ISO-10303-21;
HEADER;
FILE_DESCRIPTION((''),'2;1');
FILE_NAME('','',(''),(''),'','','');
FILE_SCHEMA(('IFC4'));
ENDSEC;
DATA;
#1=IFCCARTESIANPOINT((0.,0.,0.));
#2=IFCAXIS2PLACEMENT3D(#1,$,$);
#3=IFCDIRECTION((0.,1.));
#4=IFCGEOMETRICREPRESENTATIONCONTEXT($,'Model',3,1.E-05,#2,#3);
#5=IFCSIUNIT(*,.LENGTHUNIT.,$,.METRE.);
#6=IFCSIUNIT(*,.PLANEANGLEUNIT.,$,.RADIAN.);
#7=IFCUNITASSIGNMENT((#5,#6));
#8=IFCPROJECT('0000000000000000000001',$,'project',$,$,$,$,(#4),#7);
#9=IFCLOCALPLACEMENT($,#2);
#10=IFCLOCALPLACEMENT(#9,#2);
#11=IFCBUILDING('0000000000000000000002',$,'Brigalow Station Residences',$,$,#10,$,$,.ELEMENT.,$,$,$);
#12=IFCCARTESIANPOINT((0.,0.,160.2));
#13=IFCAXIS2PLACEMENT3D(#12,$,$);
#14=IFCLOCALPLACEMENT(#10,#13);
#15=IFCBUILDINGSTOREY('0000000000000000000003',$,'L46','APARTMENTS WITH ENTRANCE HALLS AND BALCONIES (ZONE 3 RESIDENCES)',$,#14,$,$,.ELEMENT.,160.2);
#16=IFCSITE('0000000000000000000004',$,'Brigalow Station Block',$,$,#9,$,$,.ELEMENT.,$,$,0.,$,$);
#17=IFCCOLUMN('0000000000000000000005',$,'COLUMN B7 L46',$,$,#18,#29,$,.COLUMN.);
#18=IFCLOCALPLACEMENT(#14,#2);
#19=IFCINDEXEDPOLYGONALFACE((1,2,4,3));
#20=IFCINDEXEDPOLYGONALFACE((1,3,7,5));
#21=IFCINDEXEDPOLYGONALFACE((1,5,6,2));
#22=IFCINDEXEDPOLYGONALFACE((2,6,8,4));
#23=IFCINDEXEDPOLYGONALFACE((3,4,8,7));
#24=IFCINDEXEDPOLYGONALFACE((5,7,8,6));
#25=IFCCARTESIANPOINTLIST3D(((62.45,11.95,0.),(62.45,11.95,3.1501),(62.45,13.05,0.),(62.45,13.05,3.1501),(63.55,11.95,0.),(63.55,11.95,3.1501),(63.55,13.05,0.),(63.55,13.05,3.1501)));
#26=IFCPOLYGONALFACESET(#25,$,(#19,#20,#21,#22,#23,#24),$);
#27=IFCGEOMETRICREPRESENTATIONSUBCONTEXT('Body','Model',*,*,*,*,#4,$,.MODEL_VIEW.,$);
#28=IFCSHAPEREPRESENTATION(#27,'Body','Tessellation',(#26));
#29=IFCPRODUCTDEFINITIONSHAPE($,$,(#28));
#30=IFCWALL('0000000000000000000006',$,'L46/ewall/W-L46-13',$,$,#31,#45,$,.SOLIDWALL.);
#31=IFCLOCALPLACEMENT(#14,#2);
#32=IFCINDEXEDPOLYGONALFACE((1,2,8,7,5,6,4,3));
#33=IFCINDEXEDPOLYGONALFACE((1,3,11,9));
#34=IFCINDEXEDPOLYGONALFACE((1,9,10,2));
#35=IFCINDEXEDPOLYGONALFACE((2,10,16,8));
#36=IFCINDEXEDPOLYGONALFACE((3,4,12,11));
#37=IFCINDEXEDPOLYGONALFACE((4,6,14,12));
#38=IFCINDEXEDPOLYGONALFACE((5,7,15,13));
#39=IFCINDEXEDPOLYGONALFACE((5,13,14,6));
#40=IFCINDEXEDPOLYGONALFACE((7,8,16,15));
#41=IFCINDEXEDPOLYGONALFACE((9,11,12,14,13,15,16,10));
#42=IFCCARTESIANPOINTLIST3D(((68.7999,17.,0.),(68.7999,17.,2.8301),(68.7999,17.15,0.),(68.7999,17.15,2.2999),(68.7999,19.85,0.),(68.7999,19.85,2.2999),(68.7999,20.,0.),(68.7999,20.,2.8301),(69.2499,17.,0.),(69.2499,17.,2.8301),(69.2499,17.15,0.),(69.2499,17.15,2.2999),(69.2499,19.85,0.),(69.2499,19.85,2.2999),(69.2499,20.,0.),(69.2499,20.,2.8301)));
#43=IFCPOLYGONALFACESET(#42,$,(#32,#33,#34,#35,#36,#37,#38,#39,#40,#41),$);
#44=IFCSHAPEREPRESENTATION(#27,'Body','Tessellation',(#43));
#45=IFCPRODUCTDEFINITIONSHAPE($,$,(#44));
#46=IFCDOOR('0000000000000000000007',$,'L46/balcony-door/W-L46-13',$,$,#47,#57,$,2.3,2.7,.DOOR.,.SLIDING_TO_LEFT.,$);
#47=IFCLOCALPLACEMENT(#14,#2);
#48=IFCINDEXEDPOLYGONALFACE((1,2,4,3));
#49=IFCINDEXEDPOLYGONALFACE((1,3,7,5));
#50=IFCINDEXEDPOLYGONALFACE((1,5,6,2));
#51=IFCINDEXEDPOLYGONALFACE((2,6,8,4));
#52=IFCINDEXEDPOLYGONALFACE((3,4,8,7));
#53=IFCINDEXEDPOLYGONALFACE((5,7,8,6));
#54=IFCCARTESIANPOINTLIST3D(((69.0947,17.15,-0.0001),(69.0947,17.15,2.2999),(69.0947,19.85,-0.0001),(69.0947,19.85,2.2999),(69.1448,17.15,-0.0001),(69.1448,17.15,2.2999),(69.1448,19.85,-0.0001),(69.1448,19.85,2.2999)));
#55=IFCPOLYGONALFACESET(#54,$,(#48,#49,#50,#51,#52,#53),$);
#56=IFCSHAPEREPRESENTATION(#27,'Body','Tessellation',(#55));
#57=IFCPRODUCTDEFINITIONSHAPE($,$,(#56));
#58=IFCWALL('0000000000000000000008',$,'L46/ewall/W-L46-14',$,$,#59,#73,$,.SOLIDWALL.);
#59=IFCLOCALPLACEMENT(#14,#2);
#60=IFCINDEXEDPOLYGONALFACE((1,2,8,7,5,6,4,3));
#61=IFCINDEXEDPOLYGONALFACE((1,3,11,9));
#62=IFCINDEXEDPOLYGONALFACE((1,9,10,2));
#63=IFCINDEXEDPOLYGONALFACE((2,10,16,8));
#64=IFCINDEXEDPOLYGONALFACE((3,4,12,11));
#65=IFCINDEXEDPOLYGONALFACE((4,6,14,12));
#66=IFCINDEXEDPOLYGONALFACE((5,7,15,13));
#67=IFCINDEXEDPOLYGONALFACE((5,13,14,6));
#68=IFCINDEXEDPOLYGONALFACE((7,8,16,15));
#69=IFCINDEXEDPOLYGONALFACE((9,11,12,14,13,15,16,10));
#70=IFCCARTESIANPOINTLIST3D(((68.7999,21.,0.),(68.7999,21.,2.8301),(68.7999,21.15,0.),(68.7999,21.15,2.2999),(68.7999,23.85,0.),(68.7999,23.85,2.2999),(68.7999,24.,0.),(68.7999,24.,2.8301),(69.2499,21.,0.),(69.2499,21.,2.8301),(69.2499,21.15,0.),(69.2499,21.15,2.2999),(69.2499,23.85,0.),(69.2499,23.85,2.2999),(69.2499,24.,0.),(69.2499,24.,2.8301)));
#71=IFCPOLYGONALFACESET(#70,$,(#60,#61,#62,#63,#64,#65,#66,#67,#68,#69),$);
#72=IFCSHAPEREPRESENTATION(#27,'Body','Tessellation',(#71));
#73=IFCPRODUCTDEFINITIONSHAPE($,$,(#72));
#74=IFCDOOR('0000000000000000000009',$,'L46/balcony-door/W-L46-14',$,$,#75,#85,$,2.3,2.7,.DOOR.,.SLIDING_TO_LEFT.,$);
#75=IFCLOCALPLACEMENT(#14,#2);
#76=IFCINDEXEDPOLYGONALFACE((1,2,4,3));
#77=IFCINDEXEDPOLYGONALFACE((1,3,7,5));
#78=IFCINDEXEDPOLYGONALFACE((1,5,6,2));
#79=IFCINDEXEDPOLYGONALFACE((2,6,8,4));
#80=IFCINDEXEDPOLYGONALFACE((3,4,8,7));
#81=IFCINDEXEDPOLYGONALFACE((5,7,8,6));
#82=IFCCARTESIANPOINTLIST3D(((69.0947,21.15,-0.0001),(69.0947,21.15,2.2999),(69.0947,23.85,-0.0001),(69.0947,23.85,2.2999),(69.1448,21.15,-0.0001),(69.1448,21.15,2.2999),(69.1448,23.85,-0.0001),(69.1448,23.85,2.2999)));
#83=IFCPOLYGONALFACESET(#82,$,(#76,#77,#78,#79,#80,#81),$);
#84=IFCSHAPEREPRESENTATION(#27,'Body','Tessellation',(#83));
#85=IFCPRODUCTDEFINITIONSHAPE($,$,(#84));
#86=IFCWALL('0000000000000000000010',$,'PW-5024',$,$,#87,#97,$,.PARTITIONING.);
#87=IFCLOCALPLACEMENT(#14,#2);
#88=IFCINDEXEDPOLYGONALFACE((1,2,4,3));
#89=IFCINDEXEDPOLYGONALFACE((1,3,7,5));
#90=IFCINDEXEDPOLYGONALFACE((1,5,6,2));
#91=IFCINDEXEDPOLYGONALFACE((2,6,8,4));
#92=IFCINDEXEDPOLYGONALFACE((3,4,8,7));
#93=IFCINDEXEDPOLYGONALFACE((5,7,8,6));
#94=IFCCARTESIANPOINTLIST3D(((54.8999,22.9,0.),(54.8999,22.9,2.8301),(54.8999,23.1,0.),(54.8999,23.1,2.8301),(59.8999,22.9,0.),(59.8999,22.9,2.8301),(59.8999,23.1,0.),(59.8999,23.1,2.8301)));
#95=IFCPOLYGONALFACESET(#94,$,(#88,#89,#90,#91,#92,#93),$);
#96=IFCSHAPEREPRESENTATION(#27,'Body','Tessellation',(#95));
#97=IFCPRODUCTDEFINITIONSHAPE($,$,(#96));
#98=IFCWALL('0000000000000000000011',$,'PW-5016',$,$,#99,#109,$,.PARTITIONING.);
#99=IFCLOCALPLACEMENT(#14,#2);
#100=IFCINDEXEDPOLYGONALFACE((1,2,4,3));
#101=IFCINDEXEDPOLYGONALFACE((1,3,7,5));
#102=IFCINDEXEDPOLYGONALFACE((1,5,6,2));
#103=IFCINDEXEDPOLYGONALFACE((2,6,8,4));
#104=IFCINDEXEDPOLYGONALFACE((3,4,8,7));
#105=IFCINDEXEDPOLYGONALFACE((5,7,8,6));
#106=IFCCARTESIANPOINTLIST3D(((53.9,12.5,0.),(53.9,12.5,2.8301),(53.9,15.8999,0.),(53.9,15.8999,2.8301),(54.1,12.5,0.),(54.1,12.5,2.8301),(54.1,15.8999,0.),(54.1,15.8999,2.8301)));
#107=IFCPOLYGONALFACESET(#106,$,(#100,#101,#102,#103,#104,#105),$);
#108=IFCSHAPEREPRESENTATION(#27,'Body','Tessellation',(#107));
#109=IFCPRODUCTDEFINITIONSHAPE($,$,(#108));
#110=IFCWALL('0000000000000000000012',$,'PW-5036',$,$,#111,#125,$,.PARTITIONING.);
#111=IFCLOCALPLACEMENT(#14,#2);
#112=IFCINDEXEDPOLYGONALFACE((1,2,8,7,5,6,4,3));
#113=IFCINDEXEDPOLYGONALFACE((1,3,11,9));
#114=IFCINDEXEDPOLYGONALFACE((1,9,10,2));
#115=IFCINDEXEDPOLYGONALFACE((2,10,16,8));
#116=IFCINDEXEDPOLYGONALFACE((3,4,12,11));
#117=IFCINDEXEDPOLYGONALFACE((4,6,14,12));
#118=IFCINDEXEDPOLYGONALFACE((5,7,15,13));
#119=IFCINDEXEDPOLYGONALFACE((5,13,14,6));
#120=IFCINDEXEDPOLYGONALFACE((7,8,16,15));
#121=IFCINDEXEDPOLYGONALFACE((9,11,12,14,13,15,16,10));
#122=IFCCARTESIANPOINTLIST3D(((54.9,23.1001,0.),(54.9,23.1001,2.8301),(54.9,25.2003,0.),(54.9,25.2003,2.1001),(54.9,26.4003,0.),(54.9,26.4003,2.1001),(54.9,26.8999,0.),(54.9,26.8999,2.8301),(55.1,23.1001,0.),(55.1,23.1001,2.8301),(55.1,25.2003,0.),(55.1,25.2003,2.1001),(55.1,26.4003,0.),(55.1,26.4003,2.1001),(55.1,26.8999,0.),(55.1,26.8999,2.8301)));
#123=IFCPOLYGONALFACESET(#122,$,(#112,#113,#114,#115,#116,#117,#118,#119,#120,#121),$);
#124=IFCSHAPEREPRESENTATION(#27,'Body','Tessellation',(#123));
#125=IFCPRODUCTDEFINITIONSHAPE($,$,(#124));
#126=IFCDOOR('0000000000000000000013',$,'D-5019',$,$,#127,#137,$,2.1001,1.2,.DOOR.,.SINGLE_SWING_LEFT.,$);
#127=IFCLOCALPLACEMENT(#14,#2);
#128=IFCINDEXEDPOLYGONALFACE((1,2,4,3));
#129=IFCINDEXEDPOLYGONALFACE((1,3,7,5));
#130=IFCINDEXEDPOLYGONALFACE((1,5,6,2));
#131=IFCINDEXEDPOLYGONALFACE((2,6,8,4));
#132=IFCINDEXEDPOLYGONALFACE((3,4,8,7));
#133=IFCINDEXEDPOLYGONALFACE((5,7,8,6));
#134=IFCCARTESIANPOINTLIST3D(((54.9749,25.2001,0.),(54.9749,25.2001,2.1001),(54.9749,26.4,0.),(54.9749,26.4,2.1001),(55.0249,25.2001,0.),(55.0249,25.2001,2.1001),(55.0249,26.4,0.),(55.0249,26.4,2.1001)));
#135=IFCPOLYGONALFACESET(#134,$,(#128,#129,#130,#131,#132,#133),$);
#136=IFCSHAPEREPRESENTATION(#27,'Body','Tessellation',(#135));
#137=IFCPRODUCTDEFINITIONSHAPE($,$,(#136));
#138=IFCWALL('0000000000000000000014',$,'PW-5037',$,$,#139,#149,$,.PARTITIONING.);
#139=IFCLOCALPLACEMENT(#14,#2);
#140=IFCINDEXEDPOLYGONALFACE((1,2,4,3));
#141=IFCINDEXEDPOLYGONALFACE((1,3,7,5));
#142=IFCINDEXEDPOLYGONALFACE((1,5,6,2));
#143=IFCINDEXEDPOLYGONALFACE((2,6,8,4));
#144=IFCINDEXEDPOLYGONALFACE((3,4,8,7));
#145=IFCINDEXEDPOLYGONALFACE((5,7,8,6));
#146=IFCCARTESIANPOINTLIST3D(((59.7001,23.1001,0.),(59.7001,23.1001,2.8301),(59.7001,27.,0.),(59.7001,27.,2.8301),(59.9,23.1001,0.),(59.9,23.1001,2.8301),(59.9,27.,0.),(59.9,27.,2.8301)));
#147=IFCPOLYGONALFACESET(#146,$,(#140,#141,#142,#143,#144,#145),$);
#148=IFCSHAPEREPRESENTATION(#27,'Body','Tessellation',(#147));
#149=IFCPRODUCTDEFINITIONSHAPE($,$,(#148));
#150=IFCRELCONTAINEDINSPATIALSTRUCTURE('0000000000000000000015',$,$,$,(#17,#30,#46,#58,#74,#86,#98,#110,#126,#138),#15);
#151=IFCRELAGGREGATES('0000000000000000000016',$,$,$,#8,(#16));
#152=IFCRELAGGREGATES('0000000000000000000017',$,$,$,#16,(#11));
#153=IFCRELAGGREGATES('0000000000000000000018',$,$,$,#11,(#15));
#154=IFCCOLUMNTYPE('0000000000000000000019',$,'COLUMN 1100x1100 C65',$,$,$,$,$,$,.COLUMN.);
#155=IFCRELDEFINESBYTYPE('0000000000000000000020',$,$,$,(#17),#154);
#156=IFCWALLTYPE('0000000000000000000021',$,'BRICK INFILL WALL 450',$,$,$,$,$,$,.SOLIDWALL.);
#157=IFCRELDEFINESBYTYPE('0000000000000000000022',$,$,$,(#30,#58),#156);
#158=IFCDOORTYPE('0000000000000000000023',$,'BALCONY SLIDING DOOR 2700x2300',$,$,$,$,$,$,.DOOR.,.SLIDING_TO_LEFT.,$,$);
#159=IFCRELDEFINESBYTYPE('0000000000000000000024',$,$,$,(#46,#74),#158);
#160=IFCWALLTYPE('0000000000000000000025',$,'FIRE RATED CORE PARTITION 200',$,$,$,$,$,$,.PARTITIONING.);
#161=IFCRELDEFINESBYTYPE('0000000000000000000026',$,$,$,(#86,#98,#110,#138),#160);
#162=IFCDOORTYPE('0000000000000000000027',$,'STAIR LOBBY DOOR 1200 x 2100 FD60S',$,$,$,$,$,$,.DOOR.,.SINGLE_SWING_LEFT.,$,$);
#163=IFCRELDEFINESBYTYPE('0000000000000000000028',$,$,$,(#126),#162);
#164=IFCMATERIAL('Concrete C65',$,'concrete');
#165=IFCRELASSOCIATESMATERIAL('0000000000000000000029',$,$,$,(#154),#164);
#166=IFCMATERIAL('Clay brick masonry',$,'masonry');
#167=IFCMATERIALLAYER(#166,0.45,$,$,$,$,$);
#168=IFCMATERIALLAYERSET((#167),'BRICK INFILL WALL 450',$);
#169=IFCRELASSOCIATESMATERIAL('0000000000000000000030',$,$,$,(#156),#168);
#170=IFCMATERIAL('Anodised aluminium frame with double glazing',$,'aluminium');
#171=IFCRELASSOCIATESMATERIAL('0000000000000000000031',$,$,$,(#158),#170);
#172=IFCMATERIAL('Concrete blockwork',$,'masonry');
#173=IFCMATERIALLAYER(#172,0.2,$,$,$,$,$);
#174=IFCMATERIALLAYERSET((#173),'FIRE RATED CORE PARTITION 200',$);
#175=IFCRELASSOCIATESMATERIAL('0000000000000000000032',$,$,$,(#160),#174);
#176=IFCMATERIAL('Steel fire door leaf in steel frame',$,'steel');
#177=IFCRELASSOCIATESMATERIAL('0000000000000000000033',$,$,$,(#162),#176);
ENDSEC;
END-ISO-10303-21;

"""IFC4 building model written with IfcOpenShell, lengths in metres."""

from ifc_helpers import new_model, si_unit, direction, frame, frame_2d, origin, origin_2d, place, context, subcontext, project, spatial, rectangle, extrude, material, layer, layer_set, material_profile, profile_set, type_object, element, fill, save


model = new_model("IFC4")

# Units and contexts
model_context = context("Model", 3, precision=1e-05, world=origin(), true_north=direction((0.0, 1.0)))
body_context = subcontext(model_context, "Body", "Model", "MODEL_VIEW")
ifc_project = project(units=[si_unit("LENGTHUNIT", "METRE"), si_unit("PLANEANGLEUNIT", "RADIAN")], contexts=[model_context])

# Site, building, storey
site_placement = place(None, origin())
site = spatial("IfcSite", under=ifc_project, at=site_placement, Name="Brigalow Station Block", CompositionType="ELEMENT", RefElevation=0.0)
building_placement = place(site_placement, origin())
building = spatial("IfcBuilding", under=site, at=building_placement, Name="Brigalow Station Residences", CompositionType="ELEMENT")
storey_placement = place(building_placement, frame((0.0, 0.0, 160.2)))
storey = spatial("IfcBuildingStorey", under=building, at=storey_placement, Name="L46", Description="APARTMENTS WITH ENTRANCE HALLS AND BALCONIES (ZONE 3 RESIDENCES)", CompositionType="ELEMENT", Elevation=160.2)

# Column
ifc_material_1 = material(Name="Concrete C65", Category="concrete")
ifc_material_profile = material_profile(ifc_material_1, rectangle(XDim=1.1001, YDim=1.1001, at=origin_2d()), Name="RC1100x1100")
ifc_profile_set = profile_set([ifc_material_profile], Name="Concrete C65")
column_type = type_object("IfcColumnType", Name="COLUMN 1100x1100 C65", PredefinedType="COLUMN", material=ifc_profile_set)
column_placement = place(storey_placement, frame((63.0, 12.5, 0.0), z_axis=(0.0, 0.0, 1.0), x_axis=(1.0, 0.0, 0.0)))
element("IfcColumn", 1, at=column_placement, inside=storey, type_object=column_type, Name="COLUMN B7 L46", PredefinedType="COLUMN", context=body_context, shape_type="SweptSolid", body=[
    extrude(rectangle(XDim=1.1001, YDim=1.1001, at=origin_2d()), origin(), (0.0, 0.0, 1.0), 3.1501),
])

# Walls, openings, doors
ifc_material_2 = material(Name="Clay brick masonry", Category="masonry")
ifc_layer_1 = layer(ifc_material_2, 0.45)
ifc_layer_set_1 = layer_set([ifc_layer_1], Name="BRICK INFILL WALL 450")
wall_type_1 = type_object("IfcWallType", Name="BRICK INFILL WALL 450", PredefinedType="SOLIDWALL", material=ifc_layer_set_1)
wall_1_placement = place(storey_placement, frame((69.0249, 17.0, 0.0), z_axis=(0.0, 0.0, 1.0), x_axis=(0.0, 1.0, 0.0)))
wall_1 = element("IfcWall", 2, at=wall_1_placement, inside=storey, type_object=wall_type_1, Name="L46/ewall/W-L46-13", PredefinedType="SOLIDWALL", context=body_context, shape_type="SweptSolid", body=[
    extrude(rectangle(XDim=3.0, YDim=0.45, at=frame_2d((1.5, 0.0))), origin(), (0.0, 0.0, 1.0), 2.8301),
])
opening_1_placement = place(wall_1_placement, frame((0.1499, 0.0, 0.0)))
opening_1 = element("IfcOpeningElement", 3, at=opening_1_placement, cuts=wall_1, PredefinedType="OPENING", context=body_context, shape_type="SweptSolid", body=[
    extrude(rectangle(XDim=2.7, YDim=2.3, at=frame_2d((1.3501, 1.1499))), frame((0.0, 0.2349, 0.0), z_axis=(0.0, -1.0, 0.0), x_axis=(1.0, 0.0, 0.0)), (0.0, 0.0, 1.0), 0.47),
])
ifc_material_3 = material(Name="Anodised aluminium frame with double glazing", Category="aluminium")
door_type_1 = type_object("IfcDoorType", Name="BALCONY SLIDING DOOR 2700x2300", OperationType="SLIDING_TO_LEFT", PredefinedType="DOOR", material=ifc_material_3)
door_1_placement = place(opening_1_placement, origin())
door_1 = element("IfcDoor", 4, at=door_1_placement, inside=storey, type_object=door_type_1, Name="L46/balcony-door/W-L46-13", OperationType="SLIDING_TO_LEFT", OverallHeight=2.3, OverallWidth=2.7, PredefinedType="DOOR", context=body_context, shape_type="SweptSolid", body=[
    extrude(rectangle(XDim=2.7, YDim=2.3, at=frame_2d((1.3501, 1.1499))), frame((0.0, -0.0698, 0.0), z_axis=(0.0, -1.0, 0.0), x_axis=(1.0, 0.0, 0.0)), (0.0, 0.0, 1.0), 0.05),
])
fill(opening_1, door_1)
wall_2_placement = place(storey_placement, frame((69.0249, 21.0, 0.0), z_axis=(0.0, 0.0, 1.0), x_axis=(0.0, 1.0, 0.0)))
wall_2 = element("IfcWall", 5, at=wall_2_placement, inside=storey, type_object=wall_type_1, Name="L46/ewall/W-L46-14", PredefinedType="SOLIDWALL", context=body_context, shape_type="SweptSolid", body=[
    extrude(rectangle(XDim=3.0, YDim=0.45, at=frame_2d((1.5, 0.0))), origin(), (0.0, 0.0, 1.0), 2.8301),
])
opening_2_placement = place(wall_2_placement, frame((0.1499, 0.0, 0.0)))
opening_2 = element("IfcOpeningElement", 6, at=opening_2_placement, cuts=wall_2, PredefinedType="OPENING", context=body_context, shape_type="SweptSolid", body=[
    extrude(rectangle(XDim=2.7, YDim=2.3, at=frame_2d((1.3501, 1.1499))), frame((0.0, 0.2349, 0.0), z_axis=(0.0, -1.0, 0.0), x_axis=(1.0, 0.0, 0.0)), (0.0, 0.0, 1.0), 0.47),
])
door_2_placement = place(opening_2_placement, origin())
door_2 = element("IfcDoor", 7, at=door_2_placement, inside=storey, type_object=door_type_1, Name="L46/balcony-door/W-L46-14", OperationType="SLIDING_TO_LEFT", OverallHeight=2.3, OverallWidth=2.7, PredefinedType="DOOR", context=body_context, shape_type="SweptSolid", body=[
    extrude(rectangle(XDim=2.7, YDim=2.3, at=frame_2d((1.3501, 1.1499))), frame((0.0, -0.0698, 0.0), z_axis=(0.0, -1.0, 0.0), x_axis=(1.0, 0.0, 0.0)), (0.0, 0.0, 1.0), 0.05),
])
fill(opening_2, door_2)

# Walls
ifc_material_4 = material(Name="Concrete blockwork", Category="masonry")
ifc_layer_2 = layer(ifc_material_4, 0.2)
ifc_layer_set_2 = layer_set([ifc_layer_2], Name="FIRE RATED CORE PARTITION 200")
wall_type_2 = type_object("IfcWallType", Name="FIRE RATED CORE PARTITION 200", PredefinedType="PARTITIONING", material=ifc_layer_set_2)
wall_3_placement = place(storey_placement, frame((54.8999, 23.0, 0.0), z_axis=(0.0, 0.0, 1.0), x_axis=(1.0, 0.0, 0.0)))
element("IfcWall", 8, at=wall_3_placement, inside=storey, type_object=wall_type_2, Name="PW-5024", PredefinedType="PARTITIONING", context=body_context, shape_type="SweptSolid", body=[
    extrude(rectangle(XDim=5.0, YDim=0.2, at=frame_2d((2.5, 0.0))), origin(), (0.0, 0.0, 1.0), 2.8301),
])
wall_4_placement = place(storey_placement, frame((54.0, 12.5, 0.0), z_axis=(0.0, 0.0, 1.0), x_axis=(0.0, 1.0, 0.0)))
element("IfcWall", 9, at=wall_4_placement, inside=storey, type_object=wall_type_2, Name="PW-5016", PredefinedType="PARTITIONING", context=body_context, shape_type="SweptSolid", body=[
    extrude(rectangle(XDim=3.3999, YDim=0.2, at=frame_2d((1.7, 0.0))), origin(), (0.0, 0.0, 1.0), 2.8301),
])

# Wall, opening, door
wall_5_placement = place(storey_placement, frame((55.0, 23.1001, 0.0), z_axis=(0.0, 0.0, 1.0), x_axis=(0.0, 1.0, 0.0)))
wall_5 = element("IfcWall", 10, at=wall_5_placement, inside=storey, type_object=wall_type_2, Name="PW-5036", PredefinedType="PARTITIONING", context=body_context, shape_type="SweptSolid", body=[
    extrude(rectangle(XDim=3.7998, YDim=0.2, at=frame_2d((1.8999, 0.0))), origin(), (0.0, 0.0, 1.0), 2.8301),
])
opening_3_placement = place(wall_5_placement, frame((2.1001, 0.0, 0.0)))
opening_3 = element("IfcOpeningElement", 11, at=opening_3_placement, cuts=wall_5, PredefinedType="OPENING", context=body_context, shape_type="SweptSolid", body=[
    extrude(rectangle(XDim=1.2, YDim=2.1001, at=frame_2d((0.6001, 1.05))), frame((0.0, 0.1099, 0.0), z_axis=(0.0, -1.0, 0.0), x_axis=(1.0, 0.0, 0.0)), (0.0, 0.0, 1.0), 0.22),
])
ifc_material_5 = material(Name="Steel fire door leaf in steel frame", Category="steel")
door_type_2 = type_object("IfcDoorType", Name="STAIR LOBBY DOOR 1200 x 2100 FD60S", OperationType="SINGLE_SWING_LEFT", PredefinedType="DOOR", material=ifc_material_5)
door_3_placement = place(opening_3_placement, frame((1.2, 0.0, 0.0), z_axis=(0.0, 0.0, 1.0), x_axis=(-1.0, 0.0, 0.0)))
door_3 = element("IfcDoor", 12, at=door_3_placement, inside=storey, type_object=door_type_2, Name="D-5019", OperationType="SINGLE_SWING_LEFT", OverallHeight=2.1001, OverallWidth=1.2, PredefinedType="DOOR", context=body_context, shape_type="SweptSolid", body=[
    extrude(rectangle(XDim=1.2, YDim=2.1001, at=frame_2d((0.6001, 1.05))), frame((0.0, 0.0249, 0.0), z_axis=(0.0, -1.0, 0.0), x_axis=(1.0, 0.0, 0.0)), (0.0, 0.0, 1.0), 0.05),
])
fill(opening_3, door_3)

# Wall
wall_6_placement = place(storey_placement, frame((59.8, 23.1001, 0.0), z_axis=(0.0, 0.0, 1.0), x_axis=(0.0, 1.0, 0.0)))
element("IfcWall", 13, at=wall_6_placement, inside=storey, type_object=wall_type_2, Name="PW-5037", PredefinedType="PARTITIONING", context=body_context, shape_type="SweptSolid", body=[
    extrude(rectangle(XDim=3.8999, YDim=0.2, at=frame_2d((1.95, 0.0))), origin(), (0.0, 0.0, 1.0), 2.8301),
])

save(model, "model.ifc")
